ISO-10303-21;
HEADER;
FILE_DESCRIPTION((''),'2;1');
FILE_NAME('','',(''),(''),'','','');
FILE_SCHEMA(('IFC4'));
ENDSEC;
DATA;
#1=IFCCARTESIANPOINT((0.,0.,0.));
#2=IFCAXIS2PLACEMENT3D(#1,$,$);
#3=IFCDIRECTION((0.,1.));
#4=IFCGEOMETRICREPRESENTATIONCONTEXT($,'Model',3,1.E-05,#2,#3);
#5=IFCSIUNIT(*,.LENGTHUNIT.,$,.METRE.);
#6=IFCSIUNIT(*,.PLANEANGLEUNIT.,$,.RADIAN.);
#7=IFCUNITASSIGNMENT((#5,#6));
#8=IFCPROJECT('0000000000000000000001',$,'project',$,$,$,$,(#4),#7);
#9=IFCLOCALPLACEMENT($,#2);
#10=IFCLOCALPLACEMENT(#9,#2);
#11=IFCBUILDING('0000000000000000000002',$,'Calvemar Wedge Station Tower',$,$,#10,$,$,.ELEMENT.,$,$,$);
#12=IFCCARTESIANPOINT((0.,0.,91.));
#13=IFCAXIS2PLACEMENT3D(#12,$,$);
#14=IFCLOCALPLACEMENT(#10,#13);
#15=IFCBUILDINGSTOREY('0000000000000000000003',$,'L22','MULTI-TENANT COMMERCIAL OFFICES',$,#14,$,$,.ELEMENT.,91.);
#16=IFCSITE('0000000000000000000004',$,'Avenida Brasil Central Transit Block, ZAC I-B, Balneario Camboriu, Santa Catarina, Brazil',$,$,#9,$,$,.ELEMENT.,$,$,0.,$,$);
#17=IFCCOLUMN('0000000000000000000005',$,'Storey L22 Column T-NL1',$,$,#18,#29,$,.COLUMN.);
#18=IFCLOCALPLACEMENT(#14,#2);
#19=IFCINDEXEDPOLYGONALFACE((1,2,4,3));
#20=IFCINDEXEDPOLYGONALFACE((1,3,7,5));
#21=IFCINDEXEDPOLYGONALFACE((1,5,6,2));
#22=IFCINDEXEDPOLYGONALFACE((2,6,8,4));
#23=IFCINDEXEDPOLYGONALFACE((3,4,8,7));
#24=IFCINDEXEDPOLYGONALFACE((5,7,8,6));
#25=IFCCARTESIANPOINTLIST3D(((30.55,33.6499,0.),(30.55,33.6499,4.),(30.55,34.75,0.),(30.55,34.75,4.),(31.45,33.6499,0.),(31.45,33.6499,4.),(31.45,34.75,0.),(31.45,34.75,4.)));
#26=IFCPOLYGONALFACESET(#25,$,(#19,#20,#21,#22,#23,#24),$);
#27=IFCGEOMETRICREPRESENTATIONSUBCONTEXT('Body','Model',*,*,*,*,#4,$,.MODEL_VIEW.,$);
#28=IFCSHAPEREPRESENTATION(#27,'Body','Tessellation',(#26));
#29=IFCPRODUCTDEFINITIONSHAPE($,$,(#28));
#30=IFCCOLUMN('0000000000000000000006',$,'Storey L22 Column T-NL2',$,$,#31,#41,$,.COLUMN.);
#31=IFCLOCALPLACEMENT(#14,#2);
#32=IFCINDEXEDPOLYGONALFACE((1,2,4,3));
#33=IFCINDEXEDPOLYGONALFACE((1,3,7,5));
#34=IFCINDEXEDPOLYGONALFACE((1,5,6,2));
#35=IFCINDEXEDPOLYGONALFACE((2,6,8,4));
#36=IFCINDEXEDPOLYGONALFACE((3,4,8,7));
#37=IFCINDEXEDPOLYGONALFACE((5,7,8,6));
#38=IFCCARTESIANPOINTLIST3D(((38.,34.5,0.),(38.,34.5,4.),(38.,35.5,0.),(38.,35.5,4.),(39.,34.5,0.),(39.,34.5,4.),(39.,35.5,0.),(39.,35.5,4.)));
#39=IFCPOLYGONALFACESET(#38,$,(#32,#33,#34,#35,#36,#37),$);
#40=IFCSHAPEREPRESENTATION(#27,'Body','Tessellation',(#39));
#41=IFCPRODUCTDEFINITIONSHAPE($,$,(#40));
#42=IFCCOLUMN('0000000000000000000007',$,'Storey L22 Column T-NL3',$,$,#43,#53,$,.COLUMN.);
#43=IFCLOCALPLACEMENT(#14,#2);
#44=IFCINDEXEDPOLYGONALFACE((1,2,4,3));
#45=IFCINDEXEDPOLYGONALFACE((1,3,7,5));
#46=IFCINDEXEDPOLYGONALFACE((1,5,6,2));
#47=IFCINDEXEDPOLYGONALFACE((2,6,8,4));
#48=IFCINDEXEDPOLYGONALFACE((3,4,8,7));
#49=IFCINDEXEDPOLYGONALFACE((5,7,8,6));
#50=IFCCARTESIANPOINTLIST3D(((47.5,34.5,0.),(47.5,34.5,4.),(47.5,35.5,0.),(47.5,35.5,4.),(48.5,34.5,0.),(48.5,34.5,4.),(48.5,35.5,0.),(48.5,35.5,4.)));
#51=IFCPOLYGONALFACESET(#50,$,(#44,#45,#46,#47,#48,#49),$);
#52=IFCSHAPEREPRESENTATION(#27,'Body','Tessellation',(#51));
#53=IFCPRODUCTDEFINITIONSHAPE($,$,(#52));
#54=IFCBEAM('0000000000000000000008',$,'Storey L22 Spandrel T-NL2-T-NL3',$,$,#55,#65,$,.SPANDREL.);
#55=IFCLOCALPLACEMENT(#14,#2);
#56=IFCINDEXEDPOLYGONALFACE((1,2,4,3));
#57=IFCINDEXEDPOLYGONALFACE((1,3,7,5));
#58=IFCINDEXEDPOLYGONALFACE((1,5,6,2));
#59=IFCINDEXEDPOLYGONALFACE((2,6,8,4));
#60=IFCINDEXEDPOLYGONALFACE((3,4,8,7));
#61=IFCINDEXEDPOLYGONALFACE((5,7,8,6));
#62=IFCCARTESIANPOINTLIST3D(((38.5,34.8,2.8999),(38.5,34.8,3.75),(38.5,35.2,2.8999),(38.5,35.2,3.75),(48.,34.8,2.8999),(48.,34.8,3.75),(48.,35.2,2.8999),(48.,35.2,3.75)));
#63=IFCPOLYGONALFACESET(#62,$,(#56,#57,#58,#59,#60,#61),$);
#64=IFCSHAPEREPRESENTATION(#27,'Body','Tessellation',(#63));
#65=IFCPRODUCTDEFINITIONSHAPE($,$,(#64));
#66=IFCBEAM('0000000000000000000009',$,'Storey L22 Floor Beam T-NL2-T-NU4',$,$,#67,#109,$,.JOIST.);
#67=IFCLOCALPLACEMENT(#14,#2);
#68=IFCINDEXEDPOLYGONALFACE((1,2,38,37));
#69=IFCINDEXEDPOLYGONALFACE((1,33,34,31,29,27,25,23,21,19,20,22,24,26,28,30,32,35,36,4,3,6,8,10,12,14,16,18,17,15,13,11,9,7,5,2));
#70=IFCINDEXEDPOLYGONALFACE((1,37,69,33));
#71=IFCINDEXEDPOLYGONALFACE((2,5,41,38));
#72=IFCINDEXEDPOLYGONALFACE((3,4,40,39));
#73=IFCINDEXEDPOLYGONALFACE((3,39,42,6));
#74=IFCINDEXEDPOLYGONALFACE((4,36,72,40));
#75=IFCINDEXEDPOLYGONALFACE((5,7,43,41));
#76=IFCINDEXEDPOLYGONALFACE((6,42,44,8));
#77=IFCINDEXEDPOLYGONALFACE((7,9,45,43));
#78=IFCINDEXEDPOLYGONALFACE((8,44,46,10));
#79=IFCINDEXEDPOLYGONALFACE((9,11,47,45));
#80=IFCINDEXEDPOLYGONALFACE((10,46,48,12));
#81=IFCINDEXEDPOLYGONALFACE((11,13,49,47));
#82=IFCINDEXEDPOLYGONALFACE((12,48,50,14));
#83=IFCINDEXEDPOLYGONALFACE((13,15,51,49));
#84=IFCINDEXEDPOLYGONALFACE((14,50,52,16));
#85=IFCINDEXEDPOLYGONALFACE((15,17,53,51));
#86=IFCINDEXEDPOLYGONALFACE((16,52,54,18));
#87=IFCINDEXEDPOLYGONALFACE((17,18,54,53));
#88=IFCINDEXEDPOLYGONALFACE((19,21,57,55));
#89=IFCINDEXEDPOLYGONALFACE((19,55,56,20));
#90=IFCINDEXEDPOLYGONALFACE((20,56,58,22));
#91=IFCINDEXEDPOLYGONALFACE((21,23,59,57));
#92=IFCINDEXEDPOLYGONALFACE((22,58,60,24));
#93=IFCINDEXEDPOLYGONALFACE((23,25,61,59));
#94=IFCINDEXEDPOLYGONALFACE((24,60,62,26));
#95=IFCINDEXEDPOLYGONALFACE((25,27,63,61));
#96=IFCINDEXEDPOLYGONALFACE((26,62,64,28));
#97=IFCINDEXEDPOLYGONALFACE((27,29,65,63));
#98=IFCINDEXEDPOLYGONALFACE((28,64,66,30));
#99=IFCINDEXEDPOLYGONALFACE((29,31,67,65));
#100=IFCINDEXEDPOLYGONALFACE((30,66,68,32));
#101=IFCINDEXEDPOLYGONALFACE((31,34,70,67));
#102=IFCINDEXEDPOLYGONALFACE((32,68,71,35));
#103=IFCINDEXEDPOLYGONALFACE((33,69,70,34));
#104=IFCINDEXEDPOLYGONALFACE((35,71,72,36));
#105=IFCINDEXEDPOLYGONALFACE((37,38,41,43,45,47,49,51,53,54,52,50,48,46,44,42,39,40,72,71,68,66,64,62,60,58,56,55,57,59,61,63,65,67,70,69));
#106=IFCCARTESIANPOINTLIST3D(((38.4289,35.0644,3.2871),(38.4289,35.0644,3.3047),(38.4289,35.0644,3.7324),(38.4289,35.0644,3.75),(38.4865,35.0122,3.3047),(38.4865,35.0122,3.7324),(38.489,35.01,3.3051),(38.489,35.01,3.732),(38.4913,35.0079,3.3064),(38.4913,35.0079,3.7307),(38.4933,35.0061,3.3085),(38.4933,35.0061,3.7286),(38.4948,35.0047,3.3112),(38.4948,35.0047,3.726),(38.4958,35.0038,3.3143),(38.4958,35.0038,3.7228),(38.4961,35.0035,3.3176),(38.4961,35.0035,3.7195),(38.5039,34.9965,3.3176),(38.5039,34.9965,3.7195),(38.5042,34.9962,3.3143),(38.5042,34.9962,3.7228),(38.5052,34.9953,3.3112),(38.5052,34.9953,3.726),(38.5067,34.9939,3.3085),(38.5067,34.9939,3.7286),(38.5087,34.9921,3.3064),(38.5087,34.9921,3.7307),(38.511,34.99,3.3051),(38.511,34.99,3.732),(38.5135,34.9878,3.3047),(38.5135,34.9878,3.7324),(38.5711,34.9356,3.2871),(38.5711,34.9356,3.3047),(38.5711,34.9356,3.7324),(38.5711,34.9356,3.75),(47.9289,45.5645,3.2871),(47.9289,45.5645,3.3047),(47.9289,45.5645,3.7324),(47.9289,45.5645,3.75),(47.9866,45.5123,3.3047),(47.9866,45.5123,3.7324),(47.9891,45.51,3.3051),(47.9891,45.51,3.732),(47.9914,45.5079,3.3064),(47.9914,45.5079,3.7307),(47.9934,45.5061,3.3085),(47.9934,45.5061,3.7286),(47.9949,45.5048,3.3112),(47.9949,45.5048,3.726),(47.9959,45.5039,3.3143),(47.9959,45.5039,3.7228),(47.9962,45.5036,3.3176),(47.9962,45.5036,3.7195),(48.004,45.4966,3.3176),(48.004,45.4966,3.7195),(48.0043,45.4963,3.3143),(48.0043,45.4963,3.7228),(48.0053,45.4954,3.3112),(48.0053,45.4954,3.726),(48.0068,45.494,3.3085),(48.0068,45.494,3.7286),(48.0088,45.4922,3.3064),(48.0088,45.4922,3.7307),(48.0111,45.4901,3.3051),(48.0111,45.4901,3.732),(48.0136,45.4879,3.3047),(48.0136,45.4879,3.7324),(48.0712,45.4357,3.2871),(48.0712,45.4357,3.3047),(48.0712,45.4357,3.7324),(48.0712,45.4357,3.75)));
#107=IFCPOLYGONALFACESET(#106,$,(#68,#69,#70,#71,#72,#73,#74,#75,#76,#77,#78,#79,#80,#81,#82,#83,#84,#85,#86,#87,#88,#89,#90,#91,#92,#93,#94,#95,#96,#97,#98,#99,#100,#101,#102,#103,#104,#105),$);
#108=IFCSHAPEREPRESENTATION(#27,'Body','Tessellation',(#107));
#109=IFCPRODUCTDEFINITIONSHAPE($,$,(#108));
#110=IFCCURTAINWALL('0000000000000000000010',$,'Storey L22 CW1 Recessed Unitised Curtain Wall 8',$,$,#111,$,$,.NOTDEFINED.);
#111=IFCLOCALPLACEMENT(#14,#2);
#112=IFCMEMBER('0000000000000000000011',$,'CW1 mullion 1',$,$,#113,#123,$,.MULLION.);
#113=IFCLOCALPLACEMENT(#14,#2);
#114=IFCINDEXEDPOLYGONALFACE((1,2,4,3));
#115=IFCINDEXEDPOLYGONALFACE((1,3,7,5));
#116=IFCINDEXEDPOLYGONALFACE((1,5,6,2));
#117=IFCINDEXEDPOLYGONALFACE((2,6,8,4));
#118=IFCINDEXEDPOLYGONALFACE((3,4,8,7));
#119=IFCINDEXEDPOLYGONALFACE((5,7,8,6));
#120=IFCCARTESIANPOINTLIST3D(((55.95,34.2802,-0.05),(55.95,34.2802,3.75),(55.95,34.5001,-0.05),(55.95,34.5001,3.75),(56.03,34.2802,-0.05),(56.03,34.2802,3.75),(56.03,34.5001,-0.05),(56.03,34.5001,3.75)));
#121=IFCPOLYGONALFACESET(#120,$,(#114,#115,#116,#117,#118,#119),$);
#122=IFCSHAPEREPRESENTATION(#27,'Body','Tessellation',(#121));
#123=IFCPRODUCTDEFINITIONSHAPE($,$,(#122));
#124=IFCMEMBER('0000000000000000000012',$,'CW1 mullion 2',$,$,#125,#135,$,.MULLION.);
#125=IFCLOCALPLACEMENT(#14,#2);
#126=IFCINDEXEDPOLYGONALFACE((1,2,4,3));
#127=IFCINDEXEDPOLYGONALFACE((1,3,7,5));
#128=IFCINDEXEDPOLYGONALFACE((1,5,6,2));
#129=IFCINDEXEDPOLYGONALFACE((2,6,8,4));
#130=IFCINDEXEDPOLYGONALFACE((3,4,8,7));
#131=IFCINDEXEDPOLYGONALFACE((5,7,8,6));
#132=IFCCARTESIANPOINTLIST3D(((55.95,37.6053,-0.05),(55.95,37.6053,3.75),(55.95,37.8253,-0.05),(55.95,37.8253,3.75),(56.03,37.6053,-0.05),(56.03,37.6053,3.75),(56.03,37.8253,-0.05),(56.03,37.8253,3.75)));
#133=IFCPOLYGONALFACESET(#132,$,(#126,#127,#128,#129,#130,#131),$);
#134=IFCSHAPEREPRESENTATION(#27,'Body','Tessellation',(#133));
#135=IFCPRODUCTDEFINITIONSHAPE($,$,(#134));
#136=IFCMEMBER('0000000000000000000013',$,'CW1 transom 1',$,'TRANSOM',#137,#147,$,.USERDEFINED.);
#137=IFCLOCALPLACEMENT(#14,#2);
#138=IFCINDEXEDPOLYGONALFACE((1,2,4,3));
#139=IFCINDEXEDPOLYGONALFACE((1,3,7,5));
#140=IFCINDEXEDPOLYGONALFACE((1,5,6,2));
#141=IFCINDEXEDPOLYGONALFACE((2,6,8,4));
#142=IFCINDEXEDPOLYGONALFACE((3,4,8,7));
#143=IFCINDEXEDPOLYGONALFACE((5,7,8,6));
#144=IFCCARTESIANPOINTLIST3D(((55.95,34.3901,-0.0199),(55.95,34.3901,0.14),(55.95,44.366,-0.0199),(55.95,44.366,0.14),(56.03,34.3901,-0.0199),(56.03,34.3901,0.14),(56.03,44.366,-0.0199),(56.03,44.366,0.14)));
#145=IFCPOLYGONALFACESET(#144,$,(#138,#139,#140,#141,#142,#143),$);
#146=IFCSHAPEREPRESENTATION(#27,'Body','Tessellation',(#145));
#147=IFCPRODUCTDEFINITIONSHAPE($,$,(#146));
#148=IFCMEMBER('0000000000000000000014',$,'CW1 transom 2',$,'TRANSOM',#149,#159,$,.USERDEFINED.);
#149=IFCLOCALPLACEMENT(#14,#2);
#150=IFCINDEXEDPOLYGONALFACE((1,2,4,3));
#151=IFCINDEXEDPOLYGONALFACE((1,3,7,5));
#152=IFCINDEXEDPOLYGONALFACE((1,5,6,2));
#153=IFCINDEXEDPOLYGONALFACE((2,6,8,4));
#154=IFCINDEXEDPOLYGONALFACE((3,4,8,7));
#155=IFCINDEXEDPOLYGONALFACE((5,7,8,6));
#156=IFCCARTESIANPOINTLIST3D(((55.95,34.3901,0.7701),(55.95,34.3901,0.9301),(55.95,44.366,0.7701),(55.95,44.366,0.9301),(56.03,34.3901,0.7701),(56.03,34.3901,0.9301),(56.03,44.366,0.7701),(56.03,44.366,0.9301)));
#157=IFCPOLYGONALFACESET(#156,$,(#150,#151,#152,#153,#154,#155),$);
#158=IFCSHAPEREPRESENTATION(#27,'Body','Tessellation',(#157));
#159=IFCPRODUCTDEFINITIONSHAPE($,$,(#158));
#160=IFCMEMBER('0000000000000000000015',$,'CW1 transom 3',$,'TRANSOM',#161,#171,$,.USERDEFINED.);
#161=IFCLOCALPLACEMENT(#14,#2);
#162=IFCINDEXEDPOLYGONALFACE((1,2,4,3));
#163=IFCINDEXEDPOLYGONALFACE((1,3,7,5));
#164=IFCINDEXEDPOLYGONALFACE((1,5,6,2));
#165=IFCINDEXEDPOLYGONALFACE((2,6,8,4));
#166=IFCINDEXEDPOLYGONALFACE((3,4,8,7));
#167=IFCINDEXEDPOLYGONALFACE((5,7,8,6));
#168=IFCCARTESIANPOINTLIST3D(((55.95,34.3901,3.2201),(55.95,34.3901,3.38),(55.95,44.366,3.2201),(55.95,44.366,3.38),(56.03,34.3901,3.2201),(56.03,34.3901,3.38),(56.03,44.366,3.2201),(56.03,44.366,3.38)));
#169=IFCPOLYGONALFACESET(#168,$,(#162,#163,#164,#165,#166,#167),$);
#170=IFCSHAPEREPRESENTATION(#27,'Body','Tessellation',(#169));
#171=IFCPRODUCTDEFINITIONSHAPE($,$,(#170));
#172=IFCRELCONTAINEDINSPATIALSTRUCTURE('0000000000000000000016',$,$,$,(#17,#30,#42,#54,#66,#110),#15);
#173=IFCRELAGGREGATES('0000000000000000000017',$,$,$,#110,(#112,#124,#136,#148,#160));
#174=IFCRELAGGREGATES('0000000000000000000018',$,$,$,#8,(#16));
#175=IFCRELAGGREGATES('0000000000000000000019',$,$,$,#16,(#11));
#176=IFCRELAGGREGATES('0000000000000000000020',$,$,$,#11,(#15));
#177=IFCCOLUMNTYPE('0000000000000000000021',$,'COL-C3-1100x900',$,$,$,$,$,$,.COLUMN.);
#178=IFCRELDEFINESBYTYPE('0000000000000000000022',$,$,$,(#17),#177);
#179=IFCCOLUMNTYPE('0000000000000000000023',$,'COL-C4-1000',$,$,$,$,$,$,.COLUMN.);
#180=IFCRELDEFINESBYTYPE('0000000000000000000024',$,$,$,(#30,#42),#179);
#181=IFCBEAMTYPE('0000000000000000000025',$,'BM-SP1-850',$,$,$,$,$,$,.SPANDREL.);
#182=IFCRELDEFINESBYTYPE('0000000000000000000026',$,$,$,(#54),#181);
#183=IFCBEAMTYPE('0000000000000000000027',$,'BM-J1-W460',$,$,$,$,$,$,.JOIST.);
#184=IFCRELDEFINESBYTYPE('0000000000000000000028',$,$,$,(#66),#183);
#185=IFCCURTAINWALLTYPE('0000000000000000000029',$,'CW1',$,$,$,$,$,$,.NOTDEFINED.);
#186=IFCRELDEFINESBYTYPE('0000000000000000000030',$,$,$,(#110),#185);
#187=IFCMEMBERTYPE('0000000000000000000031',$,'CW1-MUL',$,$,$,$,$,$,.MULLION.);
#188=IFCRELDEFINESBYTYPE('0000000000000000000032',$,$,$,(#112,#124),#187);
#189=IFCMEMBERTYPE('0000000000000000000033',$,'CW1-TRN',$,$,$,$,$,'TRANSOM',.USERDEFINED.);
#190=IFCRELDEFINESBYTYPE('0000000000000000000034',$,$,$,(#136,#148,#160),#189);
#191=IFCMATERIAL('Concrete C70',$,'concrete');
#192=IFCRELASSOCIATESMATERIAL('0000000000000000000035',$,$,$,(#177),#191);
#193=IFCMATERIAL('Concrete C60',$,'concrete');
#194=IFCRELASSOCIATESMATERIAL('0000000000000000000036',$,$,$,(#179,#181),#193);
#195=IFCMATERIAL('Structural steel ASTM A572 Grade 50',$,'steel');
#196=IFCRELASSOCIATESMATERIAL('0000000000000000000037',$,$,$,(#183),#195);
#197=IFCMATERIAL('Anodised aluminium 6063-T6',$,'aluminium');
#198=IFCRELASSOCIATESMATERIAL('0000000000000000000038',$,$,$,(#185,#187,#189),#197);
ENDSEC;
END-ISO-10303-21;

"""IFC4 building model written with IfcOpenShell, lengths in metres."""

from ifc_helpers import new_model, si_unit, direction, frame, origin, origin_2d, place, context, subcontext, project, spatial, rectangle, i_section, extrude, source, transform, mapped, material, material_profile, profile_set, type_object, element, aggregate, save


model = new_model("IFC4")

# Units and contexts
model_context = context("Model", 3, precision=1e-05, world=origin(), true_north=direction((0.0, 1.0)))
body_context = subcontext(model_context, "Body", "Model", "MODEL_VIEW")
ifc_project = project(units=[si_unit("LENGTHUNIT", "METRE"), si_unit("PLANEANGLEUNIT", "RADIAN")], contexts=[model_context])

# Site, building, storey
site_placement = place(None, origin())
site = spatial("IfcSite", under=ifc_project, at=site_placement, Name="Avenida Brasil Central Transit Block, ZAC I-B, Balneario Camboriu, Santa Catarina, Brazil", CompositionType="ELEMENT", RefElevation=0.0)
building_placement = place(site_placement, origin())
building = spatial("IfcBuilding", under=site, at=building_placement, Name="Calvemar Wedge Station Tower", CompositionType="ELEMENT")
storey_placement = place(building_placement, frame((0.0, 0.0, 91.0)))
storey = spatial("IfcBuildingStorey", under=building, at=storey_placement, Name="L22", Description="MULTI-TENANT COMMERCIAL OFFICES", CompositionType="ELEMENT", Elevation=91.0)

# Columns
ifc_material_1 = material(Name="Concrete C70", Category="concrete")
ifc_material_profile_1 = material_profile(ifc_material_1, rectangle(XDim=0.8999, YDim=1.1001, at=origin_2d()), Name="RC1100x900")
ifc_profile_set_1 = profile_set([ifc_material_profile_1], Name="Concrete C70")
column_type_1 = type_object("IfcColumnType", Name="COL-C3-1100x900", PredefinedType="COLUMN", material=ifc_profile_set_1)
shared_shape_1 = source(origin(), body_context, "Body", "SweptSolid", [
    extrude(rectangle(XDim=0.8999, YDim=1.1001, at=origin_2d()), origin(), (0.0, 0.0, 1.0), 4.0),
])
column_placement = place(storey_placement, frame((31.0, 34.2, 0.0), z_axis=(0.0, 0.0, 1.0), x_axis=(1.0, 0.0, 0.0)))
element("IfcColumn", 1, at=column_placement, inside=storey, type_object=column_type_1, Name="Storey L22 Column T-NL1", PredefinedType="COLUMN", context=body_context, shape_type="MappedRepresentation", body=[
    mapped(shared_shape_1, transform((0.0, 0.0, 0.0), scale=1.0)),
])
ifc_material_2 = material(Name="Concrete C60", Category="concrete")
ifc_material_profile_2 = material_profile(ifc_material_2, rectangle(XDim=1.0, YDim=1.0, at=origin_2d()), Name="RC1000x1000")
ifc_profile_set_2 = profile_set([ifc_material_profile_2], Name="Concrete C60")
column_type_2 = type_object("IfcColumnType", Name="COL-C4-1000", PredefinedType="COLUMN", material=ifc_profile_set_2)
shared_shape_2 = source(origin(), body_context, "Body", "SweptSolid", [
    extrude(rectangle(XDim=1.0, YDim=1.0, at=origin_2d()), origin(), (0.0, 0.0, 1.0), 4.0),
])
for number, where, z_axis, x_axis, name in (
    (2, (38.5, 35.0, 0.0), (0.0, 0.0, 1.0), (1.0, 0.0, 0.0), "Storey L22 Column T-NL2"),
    (3, (48.0, 35.0, 0.0), (0.0, 0.0, 1.0), (1.0, 0.0, 0.0), "Storey L22 Column T-NL3"),
):
    element("IfcColumn", number, at=place(storey_placement, frame(where, z_axis=z_axis, x_axis=x_axis)), inside=storey, type_object=column_type_2, Name=name, PredefinedType="COLUMN", context=body_context, shape_type="MappedRepresentation", body=[
        mapped(shared_shape_2, transform((0.0, 0.0, 0.0), scale=1.0)),
    ])

# Beams
ifc_material_profile_3 = material_profile(ifc_material_2, rectangle(XDim=0.3999, YDim=0.8501, at=origin_2d()), Name="RC400x850")
ifc_profile_set_3 = profile_set([ifc_material_profile_3], Name="Concrete C60")
beam_type_1 = type_object("IfcBeamType", Name="BM-SP1-850", PredefinedType="SPANDREL", material=ifc_profile_set_3)
shared_shape_3 = source(origin(), body_context, "Body", "SweptSolid", [
    extrude(rectangle(XDim=0.3999, YDim=0.8501, at=origin_2d()), origin(), (0.0, 0.0, 1.0), 9.5),
])
beam_1_placement = place(storey_placement, frame((38.5, 35.0, 3.325), z_axis=(1.0, 0.0, 0.0), x_axis=(0.0, 1.0, 0.0)))
element("IfcBeam", 4, at=beam_1_placement, inside=storey, type_object=beam_type_1, Name="Storey L22 Spandrel T-NL2-T-NL3", PredefinedType="SPANDREL", context=body_context, shape_type="MappedRepresentation", body=[
    mapped(shared_shape_3, transform((0.0, 0.0, 0.0), scale=1.0)),
])
ifc_material_3 = material(Name="Structural steel ASTM A572 Grade 50", Category="steel")
ifc_material_profile_4 = material_profile(ifc_material_3, i_section(OverallWidth=0.1919, OverallDepth=0.4629, WebThickness=0.0105, FlangeThickness=0.0176, FilletRadius=0.0129, at=origin_2d()), Name="W460x89")
ifc_profile_set_4 = profile_set([ifc_material_profile_4], Name="Structural steel ASTM A572 Grade 50")
beam_type_2 = type_object("IfcBeamType", Name="BM-J1-W460", PredefinedType="JOIST", material=ifc_profile_set_4)
shared_shape_4 = source(origin(), body_context, "Body", "SweptSolid", [
    extrude(i_section(OverallWidth=0.1919, OverallDepth=0.4629, WebThickness=0.0105, FlangeThickness=0.0176, FilletRadius=0.0129, at=origin_2d()), origin(), (0.0, 0.0, 1.0), 14.1599),
])
beam_2_placement = place(storey_placement, frame((38.5, 35.0, 3.5186), z_axis=(0.670913, 0.741536, 0.0), x_axis=(-0.741536, 0.670913, 0.0)))
element("IfcBeam", 5, at=beam_2_placement, inside=storey, type_object=beam_type_2, Name="Storey L22 Floor Beam T-NL2-T-NU4", PredefinedType="JOIST", context=body_context, shape_type="MappedRepresentation", body=[
    mapped(shared_shape_4, transform((0.0, 0.0, 0.0), scale=1.0)),
])

# Curtain wall, members
ifc_material_4 = material(Name="Anodised aluminium 6063-T6", Category="aluminium")
curtain_wall_type = type_object("IfcCurtainWallType", Name="CW1", PredefinedType="NOTDEFINED", material=ifc_material_4)
curtain_wall_placement = place(storey_placement, origin())
curtain_wall = element("IfcCurtainWall", 6, at=curtain_wall_placement, inside=storey, type_object=curtain_wall_type, Name="Storey L22 CW1 Recessed Unitised Curtain Wall 8", PredefinedType="NOTDEFINED")
ifc_material_profile_5 = material_profile(ifc_material_4, rectangle(XDim=0.0801, YDim=0.22, at=origin_2d()), Name="AL-MUL-80x220")
ifc_profile_set_5 = profile_set([ifc_material_profile_5], Name="Anodised aluminium 6063-T6")
member_type_1 = type_object("IfcMemberType", Name="CW1-MUL", PredefinedType="MULLION", material=ifc_profile_set_5)
shared_shape_5 = source(origin(), body_context, "Body", "SweptSolid", [
    extrude(rectangle(XDim=0.0801, YDim=0.22, at=origin_2d()), origin(), (0.0, 0.0, 1.0), 3.8),
])
member_1_placement = place(storey_placement, frame((55.99, 34.3901, -0.05), z_axis=(0.0, 0.0, 1.0), x_axis=(1.0, 0.0, 0.0)))
member_1 = element("IfcMember", 7, at=member_1_placement, type_object=member_type_1, Name="CW1 mullion 1", PredefinedType="MULLION", context=body_context, shape_type="MappedRepresentation", body=[
    mapped(shared_shape_5, transform((0.0, 0.0, 0.0), scale=1.0)),
])
member_2_placement = place(storey_placement, frame((55.99, 37.7153, -0.05), z_axis=(0.0, 0.0, 1.0), x_axis=(1.0, 0.0, 0.0)))
member_2 = element("IfcMember", 8, at=member_2_placement, type_object=member_type_1, Name="CW1 mullion 2", PredefinedType="MULLION", context=body_context, shape_type="MappedRepresentation", body=[
    mapped(shared_shape_5, transform((0.0, 0.0, 0.0), scale=1.0)),
])
ifc_material_profile_6 = material_profile(ifc_material_4, rectangle(XDim=0.0801, YDim=0.1599, at=origin_2d()), Name="AL-TRN-80x160")
ifc_profile_set_6 = profile_set([ifc_material_profile_6], Name="Anodised aluminium 6063-T6")
member_type_2 = type_object("IfcMemberType", Name="CW1-TRN", ElementType="TRANSOM", PredefinedType="USERDEFINED", material=ifc_profile_set_6)
shared_shape_6 = source(origin(), body_context, "Body", "SweptSolid", [
    extrude(rectangle(XDim=0.0801, YDim=0.1599, at=origin_2d()), origin(), (0.0, 0.0, 1.0), 9.9758),
])
member_3_placement = place(storey_placement, frame((55.99, 34.3901, 0.0601), z_axis=(0.0, 1.0, 0.0), x_axis=(-1.0, 0.0, 0.0)))
member_3 = element("IfcMember", 9, at=member_3_placement, type_object=member_type_2, Name="CW1 transom 1", ObjectType="TRANSOM", PredefinedType="USERDEFINED", context=body_context, shape_type="MappedRepresentation", body=[
    mapped(shared_shape_6, transform((0.0, 0.0, 0.0), scale=1.0)),
])
member_4_placement = place(storey_placement, frame((55.99, 34.3901, 0.8501), z_axis=(0.0, 1.0, 0.0), x_axis=(-1.0, 0.0, 0.0)))
member_4 = element("IfcMember", 10, at=member_4_placement, type_object=member_type_2, Name="CW1 transom 2", ObjectType="TRANSOM", PredefinedType="USERDEFINED", context=body_context, shape_type="MappedRepresentation", body=[
    mapped(shared_shape_6, transform((0.0, 0.0, 0.0), scale=1.0)),
])
member_5_placement = place(storey_placement, frame((55.99, 34.3901, 3.3), z_axis=(0.0, 1.0, 0.0), x_axis=(-1.0, 0.0, 0.0)))
member_5 = element("IfcMember", 11, at=member_5_placement, type_object=member_type_2, Name="CW1 transom 3", ObjectType="TRANSOM", PredefinedType="USERDEFINED", context=body_context, shape_type="MappedRepresentation", body=[
    mapped(shared_shape_6, transform((0.0, 0.0, 0.0), scale=1.0)),
])
aggregate(curtain_wall, [member_1, member_2, member_3, member_4, member_5])

save(model, "model.ifc")
